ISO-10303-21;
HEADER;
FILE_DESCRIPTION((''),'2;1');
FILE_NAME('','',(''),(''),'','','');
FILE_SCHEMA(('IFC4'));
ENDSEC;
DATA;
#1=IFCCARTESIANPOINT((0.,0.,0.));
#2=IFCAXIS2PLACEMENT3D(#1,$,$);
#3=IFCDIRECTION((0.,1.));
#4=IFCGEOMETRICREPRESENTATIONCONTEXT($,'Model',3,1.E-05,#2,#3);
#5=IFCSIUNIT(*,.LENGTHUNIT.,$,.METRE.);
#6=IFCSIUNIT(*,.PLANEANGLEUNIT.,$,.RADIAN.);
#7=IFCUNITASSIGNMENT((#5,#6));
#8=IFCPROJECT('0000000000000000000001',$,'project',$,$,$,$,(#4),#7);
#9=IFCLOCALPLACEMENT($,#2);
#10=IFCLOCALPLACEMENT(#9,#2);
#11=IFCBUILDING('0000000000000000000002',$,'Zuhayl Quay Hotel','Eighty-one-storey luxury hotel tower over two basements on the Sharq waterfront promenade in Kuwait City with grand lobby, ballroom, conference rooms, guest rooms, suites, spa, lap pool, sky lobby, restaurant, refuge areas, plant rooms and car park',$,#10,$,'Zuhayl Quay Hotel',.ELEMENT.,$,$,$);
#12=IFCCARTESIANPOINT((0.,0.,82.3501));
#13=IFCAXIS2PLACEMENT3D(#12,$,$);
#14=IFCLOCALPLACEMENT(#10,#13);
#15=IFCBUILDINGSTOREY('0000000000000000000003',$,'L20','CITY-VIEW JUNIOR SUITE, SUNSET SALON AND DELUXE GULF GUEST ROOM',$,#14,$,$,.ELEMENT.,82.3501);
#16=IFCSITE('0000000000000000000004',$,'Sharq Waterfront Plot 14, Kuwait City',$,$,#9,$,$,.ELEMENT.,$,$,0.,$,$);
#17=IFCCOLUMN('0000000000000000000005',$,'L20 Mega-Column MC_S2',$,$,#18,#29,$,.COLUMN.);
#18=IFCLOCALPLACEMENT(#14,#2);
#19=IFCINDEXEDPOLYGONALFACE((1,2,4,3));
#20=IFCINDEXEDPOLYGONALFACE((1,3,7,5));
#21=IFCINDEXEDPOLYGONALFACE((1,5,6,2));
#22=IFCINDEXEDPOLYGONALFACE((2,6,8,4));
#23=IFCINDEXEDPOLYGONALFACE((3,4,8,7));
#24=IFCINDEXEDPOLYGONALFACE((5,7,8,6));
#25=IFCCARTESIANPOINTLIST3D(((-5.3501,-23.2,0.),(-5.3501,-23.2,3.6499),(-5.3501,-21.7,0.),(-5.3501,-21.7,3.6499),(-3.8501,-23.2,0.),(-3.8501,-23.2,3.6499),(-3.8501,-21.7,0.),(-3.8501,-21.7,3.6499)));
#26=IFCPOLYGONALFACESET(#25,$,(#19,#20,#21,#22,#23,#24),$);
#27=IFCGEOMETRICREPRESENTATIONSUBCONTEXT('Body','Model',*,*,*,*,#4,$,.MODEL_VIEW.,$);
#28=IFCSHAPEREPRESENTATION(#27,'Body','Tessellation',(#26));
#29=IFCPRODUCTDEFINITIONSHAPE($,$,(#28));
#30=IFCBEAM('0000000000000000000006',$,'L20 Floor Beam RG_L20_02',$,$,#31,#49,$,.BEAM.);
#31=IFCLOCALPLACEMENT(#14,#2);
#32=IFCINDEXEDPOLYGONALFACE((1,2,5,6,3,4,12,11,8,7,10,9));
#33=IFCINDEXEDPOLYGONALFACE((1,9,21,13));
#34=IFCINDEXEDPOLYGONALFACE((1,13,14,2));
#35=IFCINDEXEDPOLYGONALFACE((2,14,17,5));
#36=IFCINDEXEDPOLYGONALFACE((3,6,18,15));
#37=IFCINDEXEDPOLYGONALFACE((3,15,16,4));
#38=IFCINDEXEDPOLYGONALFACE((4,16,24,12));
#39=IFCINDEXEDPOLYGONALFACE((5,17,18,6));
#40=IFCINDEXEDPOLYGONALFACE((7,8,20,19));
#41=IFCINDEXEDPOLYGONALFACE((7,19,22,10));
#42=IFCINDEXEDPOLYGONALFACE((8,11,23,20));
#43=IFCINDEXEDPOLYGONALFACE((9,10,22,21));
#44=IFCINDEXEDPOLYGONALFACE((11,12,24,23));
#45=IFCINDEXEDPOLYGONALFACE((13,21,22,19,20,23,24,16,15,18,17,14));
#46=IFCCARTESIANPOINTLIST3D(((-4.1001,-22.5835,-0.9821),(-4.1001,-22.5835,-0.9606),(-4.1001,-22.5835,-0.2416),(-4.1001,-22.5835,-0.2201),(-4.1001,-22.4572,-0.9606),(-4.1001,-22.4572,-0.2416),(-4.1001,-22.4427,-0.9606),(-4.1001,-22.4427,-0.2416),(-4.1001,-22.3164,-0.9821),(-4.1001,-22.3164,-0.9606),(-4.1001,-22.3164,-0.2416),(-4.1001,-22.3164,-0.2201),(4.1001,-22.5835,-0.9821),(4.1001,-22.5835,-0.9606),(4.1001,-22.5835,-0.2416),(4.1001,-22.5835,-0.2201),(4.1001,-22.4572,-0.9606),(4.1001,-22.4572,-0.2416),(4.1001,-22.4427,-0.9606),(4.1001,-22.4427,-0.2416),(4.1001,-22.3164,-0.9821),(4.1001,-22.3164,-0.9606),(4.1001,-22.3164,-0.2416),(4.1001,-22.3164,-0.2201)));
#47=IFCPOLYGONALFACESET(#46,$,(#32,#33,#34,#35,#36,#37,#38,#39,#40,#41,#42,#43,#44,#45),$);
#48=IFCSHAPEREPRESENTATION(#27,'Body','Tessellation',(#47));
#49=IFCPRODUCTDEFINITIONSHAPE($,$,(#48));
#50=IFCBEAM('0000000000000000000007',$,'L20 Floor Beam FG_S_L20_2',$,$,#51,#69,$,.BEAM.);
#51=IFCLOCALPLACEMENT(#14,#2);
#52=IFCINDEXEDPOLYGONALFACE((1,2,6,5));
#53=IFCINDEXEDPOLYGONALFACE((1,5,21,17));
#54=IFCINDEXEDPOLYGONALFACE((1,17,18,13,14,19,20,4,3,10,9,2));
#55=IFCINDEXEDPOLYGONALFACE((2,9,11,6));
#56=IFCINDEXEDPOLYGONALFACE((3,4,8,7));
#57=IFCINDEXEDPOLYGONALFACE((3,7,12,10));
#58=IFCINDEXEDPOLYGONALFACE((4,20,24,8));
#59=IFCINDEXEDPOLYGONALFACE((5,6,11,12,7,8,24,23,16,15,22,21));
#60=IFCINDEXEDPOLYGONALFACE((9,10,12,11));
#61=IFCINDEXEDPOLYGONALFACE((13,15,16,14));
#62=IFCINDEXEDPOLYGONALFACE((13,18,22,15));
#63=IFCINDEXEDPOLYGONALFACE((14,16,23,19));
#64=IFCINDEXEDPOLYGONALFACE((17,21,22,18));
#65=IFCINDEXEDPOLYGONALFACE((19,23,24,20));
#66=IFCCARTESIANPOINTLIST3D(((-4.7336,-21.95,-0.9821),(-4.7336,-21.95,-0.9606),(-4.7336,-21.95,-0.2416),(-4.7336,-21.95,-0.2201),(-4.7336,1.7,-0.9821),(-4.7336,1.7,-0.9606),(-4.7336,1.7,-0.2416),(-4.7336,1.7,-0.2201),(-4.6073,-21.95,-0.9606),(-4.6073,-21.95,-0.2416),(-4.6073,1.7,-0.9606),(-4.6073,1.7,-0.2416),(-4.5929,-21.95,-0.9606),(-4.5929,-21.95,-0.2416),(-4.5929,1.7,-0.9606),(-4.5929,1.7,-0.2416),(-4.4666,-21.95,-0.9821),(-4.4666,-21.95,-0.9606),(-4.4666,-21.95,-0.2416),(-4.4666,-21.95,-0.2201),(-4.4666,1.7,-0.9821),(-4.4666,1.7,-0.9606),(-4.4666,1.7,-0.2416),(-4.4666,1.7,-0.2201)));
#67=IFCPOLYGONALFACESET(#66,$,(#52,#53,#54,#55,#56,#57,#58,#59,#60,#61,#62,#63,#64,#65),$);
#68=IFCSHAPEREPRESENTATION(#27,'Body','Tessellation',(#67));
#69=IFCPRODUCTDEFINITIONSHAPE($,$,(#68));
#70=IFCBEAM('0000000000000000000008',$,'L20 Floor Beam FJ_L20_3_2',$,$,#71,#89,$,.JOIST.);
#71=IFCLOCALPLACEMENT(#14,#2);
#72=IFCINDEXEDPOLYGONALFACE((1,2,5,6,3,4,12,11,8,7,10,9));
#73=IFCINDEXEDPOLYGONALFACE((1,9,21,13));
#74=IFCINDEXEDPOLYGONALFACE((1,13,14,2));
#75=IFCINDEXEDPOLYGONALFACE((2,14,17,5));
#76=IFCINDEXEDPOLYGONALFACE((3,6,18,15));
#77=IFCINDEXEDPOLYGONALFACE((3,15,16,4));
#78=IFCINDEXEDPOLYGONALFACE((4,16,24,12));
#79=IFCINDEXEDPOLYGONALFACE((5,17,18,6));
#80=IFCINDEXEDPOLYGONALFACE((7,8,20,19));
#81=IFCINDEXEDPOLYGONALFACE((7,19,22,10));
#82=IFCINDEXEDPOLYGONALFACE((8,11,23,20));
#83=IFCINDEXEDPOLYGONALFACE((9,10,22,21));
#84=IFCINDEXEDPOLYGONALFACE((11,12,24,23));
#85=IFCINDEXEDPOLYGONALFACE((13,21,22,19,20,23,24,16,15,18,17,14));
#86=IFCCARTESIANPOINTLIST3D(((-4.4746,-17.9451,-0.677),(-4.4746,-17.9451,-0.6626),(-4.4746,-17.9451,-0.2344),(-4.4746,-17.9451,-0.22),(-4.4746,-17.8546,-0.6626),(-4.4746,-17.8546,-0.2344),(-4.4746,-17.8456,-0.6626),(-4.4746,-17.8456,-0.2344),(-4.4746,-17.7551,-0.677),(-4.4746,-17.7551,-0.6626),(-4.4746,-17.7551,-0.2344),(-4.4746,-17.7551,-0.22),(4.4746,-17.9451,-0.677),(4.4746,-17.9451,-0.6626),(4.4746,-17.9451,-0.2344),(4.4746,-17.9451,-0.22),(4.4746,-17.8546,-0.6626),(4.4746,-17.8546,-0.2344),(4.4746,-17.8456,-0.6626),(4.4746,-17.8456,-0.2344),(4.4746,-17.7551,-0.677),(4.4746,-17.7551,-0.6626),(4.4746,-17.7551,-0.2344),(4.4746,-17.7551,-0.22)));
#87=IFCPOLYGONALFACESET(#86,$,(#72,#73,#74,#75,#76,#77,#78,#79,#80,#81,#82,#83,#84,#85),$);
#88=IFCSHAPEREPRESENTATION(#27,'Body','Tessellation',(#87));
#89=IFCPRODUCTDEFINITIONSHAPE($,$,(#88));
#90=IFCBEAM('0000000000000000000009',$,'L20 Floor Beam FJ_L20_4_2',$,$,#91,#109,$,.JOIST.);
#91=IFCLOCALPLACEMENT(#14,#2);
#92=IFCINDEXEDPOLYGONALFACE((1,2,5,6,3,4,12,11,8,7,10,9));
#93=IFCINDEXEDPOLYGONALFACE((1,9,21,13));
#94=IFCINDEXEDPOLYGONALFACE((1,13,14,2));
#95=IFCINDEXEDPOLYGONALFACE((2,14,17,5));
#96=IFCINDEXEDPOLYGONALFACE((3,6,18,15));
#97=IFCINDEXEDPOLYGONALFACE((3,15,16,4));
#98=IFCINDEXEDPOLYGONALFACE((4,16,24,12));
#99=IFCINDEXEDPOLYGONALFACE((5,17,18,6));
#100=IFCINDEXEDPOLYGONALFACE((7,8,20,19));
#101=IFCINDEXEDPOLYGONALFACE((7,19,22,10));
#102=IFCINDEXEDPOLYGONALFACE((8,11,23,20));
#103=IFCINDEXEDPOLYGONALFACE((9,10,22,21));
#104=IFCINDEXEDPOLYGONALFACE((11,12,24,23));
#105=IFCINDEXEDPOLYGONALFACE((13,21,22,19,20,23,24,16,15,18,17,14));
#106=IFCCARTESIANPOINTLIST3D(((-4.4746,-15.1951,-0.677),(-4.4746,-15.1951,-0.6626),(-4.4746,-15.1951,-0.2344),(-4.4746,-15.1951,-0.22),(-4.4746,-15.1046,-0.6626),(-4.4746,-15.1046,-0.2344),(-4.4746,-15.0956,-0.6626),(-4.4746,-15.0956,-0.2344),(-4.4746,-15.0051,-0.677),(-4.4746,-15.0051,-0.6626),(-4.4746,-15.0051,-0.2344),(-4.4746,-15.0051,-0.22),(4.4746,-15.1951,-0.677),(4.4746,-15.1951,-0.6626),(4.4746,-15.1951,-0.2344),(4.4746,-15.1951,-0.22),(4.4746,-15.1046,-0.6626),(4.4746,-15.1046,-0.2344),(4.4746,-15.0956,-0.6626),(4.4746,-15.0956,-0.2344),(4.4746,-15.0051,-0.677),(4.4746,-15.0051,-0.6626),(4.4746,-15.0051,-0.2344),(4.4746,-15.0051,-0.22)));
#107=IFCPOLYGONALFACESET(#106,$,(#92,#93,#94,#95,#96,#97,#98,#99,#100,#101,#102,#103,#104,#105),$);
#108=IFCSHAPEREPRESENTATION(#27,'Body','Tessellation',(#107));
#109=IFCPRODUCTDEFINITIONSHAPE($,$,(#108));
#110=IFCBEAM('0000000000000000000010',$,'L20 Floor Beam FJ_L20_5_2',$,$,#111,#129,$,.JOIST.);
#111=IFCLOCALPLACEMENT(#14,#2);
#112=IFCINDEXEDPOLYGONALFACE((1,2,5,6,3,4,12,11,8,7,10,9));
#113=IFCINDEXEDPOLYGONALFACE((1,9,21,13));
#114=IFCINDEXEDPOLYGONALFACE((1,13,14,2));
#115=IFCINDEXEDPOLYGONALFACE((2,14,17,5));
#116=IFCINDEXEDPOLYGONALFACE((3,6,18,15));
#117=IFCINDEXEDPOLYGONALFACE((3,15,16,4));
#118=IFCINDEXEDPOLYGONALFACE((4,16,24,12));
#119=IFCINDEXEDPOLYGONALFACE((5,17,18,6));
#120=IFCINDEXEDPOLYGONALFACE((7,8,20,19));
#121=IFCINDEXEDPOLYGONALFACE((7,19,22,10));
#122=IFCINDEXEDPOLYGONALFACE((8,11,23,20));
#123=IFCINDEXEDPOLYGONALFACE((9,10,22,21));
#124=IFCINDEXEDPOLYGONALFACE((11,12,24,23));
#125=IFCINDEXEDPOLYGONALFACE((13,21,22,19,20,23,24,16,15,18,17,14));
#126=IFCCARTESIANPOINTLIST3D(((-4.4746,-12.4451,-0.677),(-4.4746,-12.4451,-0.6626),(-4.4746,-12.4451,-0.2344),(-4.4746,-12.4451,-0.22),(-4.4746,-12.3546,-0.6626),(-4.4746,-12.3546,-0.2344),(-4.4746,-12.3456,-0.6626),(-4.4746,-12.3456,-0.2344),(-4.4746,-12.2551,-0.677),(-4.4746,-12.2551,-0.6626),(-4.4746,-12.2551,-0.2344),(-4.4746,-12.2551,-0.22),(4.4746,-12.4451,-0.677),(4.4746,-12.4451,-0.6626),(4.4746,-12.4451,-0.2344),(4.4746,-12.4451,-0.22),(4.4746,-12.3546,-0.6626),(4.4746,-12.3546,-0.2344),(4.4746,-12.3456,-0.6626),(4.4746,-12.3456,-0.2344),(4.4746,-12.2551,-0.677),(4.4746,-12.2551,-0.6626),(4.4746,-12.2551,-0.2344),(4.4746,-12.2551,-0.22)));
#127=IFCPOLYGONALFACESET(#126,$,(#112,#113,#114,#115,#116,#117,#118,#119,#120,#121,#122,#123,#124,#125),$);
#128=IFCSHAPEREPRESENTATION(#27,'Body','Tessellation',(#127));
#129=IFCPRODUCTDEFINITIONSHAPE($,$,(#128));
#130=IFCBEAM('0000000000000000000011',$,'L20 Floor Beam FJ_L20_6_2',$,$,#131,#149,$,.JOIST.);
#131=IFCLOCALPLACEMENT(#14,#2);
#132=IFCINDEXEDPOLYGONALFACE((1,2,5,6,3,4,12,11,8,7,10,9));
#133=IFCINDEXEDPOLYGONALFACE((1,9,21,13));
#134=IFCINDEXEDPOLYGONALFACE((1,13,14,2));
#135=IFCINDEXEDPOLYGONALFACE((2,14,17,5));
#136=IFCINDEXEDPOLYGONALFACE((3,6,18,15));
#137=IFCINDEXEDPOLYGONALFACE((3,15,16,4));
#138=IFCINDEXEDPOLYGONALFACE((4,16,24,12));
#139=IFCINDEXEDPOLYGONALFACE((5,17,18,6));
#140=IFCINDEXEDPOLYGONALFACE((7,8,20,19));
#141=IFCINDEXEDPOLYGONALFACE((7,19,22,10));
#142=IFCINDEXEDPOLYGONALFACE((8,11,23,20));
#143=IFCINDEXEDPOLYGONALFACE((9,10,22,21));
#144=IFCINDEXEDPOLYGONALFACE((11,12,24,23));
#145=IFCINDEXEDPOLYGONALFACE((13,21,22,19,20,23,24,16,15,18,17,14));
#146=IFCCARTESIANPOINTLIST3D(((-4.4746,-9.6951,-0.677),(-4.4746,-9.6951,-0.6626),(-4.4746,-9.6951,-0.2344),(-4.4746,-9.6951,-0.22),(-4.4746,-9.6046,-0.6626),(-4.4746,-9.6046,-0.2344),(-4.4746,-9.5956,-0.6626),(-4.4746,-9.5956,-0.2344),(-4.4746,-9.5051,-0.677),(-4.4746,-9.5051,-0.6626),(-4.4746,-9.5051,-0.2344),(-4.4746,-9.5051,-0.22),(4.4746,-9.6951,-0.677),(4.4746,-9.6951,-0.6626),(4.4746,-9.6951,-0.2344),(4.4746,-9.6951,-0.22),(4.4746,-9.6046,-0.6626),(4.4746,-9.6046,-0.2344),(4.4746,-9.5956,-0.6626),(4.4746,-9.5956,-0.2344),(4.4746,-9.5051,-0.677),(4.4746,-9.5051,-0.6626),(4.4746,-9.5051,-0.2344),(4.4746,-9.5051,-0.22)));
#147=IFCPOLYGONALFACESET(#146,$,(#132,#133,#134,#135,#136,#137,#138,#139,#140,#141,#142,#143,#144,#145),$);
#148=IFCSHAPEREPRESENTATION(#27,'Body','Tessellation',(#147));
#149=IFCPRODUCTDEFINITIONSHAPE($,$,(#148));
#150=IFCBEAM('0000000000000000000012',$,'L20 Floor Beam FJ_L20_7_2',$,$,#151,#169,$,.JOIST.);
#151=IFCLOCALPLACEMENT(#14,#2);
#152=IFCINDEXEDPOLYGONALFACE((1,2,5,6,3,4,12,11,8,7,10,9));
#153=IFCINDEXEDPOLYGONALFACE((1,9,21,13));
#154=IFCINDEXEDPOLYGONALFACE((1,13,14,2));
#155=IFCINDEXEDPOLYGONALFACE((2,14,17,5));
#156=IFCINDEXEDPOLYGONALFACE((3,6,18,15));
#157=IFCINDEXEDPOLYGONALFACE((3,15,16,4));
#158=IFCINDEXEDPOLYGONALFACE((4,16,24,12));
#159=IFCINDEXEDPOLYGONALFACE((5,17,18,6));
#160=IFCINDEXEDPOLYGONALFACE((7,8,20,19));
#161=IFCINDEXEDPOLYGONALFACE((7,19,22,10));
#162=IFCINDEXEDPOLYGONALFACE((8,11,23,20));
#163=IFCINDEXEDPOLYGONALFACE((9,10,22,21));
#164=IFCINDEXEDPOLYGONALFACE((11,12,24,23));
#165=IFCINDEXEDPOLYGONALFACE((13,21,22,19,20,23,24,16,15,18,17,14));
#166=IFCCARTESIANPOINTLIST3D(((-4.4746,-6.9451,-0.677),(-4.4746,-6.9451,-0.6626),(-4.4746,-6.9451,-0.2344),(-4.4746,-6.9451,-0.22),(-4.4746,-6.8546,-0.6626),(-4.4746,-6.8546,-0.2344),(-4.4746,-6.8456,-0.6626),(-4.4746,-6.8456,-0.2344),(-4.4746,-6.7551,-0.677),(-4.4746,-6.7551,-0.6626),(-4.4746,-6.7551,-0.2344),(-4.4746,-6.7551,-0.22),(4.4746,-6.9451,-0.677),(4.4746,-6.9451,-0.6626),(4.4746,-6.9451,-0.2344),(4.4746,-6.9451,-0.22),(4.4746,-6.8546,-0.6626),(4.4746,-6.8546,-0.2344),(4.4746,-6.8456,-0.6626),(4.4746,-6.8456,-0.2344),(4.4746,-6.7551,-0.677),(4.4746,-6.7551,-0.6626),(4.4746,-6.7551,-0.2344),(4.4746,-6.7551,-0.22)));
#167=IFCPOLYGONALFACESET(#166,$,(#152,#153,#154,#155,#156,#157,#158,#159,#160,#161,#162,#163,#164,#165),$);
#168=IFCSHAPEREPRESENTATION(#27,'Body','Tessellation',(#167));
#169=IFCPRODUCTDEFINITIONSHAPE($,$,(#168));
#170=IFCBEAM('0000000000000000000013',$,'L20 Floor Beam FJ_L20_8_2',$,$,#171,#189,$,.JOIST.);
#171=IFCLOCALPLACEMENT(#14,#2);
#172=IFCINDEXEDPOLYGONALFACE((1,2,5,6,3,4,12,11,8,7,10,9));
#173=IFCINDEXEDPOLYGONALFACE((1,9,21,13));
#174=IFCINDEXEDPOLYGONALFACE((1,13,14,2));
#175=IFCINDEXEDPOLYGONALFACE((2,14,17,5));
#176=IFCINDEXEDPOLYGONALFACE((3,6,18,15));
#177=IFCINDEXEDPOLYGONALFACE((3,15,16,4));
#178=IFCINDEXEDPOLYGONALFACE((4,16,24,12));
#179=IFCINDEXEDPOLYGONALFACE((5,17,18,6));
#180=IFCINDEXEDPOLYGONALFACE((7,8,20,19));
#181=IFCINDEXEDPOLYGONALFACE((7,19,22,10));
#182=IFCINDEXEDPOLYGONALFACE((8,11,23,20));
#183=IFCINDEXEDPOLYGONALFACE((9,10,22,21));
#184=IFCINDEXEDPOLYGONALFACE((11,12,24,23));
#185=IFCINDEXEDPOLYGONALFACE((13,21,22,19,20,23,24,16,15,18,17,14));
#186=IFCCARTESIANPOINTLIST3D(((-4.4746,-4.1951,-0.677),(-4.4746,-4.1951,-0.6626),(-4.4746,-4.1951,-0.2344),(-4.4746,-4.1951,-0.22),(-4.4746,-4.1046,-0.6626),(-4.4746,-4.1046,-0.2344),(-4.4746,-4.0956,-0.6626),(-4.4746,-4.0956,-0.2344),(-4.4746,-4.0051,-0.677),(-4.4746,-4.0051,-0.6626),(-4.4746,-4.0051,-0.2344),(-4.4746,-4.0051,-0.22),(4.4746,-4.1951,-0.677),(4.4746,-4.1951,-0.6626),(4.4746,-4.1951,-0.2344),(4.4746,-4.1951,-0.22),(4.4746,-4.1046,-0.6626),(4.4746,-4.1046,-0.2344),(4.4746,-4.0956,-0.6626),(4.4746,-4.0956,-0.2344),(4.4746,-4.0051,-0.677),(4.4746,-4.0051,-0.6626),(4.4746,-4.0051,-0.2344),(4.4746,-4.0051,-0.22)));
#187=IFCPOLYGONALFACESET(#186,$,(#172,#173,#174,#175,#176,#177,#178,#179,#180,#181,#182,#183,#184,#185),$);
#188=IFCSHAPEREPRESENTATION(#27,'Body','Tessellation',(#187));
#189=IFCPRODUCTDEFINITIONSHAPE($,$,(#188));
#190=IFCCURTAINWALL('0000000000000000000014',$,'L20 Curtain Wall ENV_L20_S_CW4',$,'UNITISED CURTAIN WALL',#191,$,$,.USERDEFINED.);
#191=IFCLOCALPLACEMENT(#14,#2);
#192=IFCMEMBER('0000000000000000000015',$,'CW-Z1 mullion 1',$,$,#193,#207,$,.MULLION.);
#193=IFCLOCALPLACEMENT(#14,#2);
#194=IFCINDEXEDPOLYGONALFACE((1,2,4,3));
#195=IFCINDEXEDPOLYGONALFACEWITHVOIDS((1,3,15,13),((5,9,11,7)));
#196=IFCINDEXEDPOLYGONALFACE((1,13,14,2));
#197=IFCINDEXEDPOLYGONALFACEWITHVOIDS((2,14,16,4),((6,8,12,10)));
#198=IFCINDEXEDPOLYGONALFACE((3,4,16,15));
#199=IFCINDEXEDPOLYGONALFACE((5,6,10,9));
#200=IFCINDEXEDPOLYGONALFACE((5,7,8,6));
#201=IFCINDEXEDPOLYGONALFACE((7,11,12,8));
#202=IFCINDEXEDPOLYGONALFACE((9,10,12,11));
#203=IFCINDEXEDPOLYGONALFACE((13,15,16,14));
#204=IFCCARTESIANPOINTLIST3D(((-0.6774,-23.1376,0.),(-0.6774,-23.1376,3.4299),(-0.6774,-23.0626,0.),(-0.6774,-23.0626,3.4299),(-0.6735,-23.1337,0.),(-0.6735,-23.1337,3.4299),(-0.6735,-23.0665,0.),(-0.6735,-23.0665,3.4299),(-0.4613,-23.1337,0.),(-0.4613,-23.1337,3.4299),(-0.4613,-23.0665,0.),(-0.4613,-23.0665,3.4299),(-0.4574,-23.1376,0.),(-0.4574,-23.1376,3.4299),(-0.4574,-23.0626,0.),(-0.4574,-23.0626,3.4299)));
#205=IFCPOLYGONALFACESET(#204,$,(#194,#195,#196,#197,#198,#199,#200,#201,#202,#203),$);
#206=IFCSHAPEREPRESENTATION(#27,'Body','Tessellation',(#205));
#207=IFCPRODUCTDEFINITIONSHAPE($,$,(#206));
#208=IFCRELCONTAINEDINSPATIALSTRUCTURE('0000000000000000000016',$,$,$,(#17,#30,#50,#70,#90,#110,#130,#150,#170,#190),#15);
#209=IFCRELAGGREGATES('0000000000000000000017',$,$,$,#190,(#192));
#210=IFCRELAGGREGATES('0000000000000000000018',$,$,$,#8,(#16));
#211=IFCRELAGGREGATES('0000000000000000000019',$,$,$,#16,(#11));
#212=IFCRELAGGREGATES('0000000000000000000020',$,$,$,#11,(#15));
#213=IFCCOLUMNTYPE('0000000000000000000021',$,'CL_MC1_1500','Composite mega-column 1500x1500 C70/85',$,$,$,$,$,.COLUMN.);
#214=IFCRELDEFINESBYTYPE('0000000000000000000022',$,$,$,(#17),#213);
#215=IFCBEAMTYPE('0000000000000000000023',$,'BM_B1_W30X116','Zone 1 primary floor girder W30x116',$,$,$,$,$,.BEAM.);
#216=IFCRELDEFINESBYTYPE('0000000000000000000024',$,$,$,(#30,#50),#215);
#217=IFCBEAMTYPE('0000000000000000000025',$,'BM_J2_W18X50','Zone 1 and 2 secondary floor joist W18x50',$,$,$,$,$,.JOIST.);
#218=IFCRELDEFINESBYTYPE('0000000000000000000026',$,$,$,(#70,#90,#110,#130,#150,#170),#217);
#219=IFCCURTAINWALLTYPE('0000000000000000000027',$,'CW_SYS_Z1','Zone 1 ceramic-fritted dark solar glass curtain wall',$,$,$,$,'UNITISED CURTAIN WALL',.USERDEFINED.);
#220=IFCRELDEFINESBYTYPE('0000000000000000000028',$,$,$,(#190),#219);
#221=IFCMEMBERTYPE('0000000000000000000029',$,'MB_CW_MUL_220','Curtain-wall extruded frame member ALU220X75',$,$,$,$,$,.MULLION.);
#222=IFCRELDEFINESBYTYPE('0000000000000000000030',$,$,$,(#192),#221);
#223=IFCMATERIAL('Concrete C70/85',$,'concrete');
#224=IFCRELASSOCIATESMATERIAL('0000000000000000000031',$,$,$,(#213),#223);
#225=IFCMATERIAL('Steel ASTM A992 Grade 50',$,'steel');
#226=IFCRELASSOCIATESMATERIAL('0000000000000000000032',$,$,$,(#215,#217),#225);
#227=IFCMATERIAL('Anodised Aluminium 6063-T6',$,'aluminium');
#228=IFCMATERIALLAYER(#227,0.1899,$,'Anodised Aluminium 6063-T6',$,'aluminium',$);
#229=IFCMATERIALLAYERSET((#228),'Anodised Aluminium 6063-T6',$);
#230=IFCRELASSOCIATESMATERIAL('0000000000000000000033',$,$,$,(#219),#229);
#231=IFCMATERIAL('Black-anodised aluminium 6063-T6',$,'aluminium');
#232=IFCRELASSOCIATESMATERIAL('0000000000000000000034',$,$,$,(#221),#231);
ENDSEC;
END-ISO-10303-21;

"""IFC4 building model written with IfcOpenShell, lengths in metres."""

from ifc_helpers import new_model, si_unit, direction, frame, origin, origin_2d, place, context, subcontext, project, spatial, rectangle, hollow_rectangle, i_section, extrude, material, layer, layer_set, material_profile, profile_set, type_object, element, aggregate, save


model = new_model("IFC4")

# Units and contexts
model_context = context("Model", 3, precision=1e-05, world=origin(), true_north=direction((0.0, 1.0)))
body_context = subcontext(model_context, "Body", "Model", "MODEL_VIEW")
ifc_project = project(units=[si_unit("LENGTHUNIT", "METRE"), si_unit("PLANEANGLEUNIT", "RADIAN")], contexts=[model_context])

# Site, building, storey
site_placement = place(None, origin())
site = spatial("IfcSite", under=ifc_project, at=site_placement, Name="Sharq Waterfront Plot 14, Kuwait City", CompositionType="ELEMENT", RefElevation=0.0)
building_placement = place(site_placement, origin())
building = spatial("IfcBuilding", under=site, at=building_placement, Name="Zuhayl Quay Hotel", Description="Eighty-one-storey luxury hotel tower over two basements on the Sharq waterfront promenade in Kuwait City with grand lobby, ballroom, conference rooms, guest rooms, suites, spa, lap pool, sky lobby, restaurant, refuge areas, plant rooms and car park", LongName="Zuhayl Quay Hotel", CompositionType="ELEMENT")
storey_placement = place(building_placement, frame((0.0, 0.0, 82.3501)))
storey = spatial("IfcBuildingStorey", under=building, at=storey_placement, Name="L20", Description="CITY-VIEW JUNIOR SUITE, SUNSET SALON AND DELUXE GULF GUEST ROOM", CompositionType="ELEMENT", Elevation=82.3501)

# Column
ifc_material_1 = material(Name="Concrete C70/85", Category="concrete")
ifc_material_profile_1 = material_profile(ifc_material_1, rectangle(XDim=1.5, YDim=1.5, at=origin_2d()), Name="RC1500X1500")
ifc_profile_set_1 = profile_set([ifc_material_profile_1], Name="Concrete C70/85")
column_type = type_object("IfcColumnType", Name="CL_MC1_1500", Description="Composite mega-column 1500x1500 C70/85", PredefinedType="COLUMN", material=ifc_profile_set_1)
column_placement = place(storey_placement, frame((-4.6001, -22.45, 0.0), z_axis=(0.0, 0.0, 1.0), x_axis=(1.0, 0.0, 0.0)))
element("IfcColumn", 1, at=column_placement, inside=storey, type_object=column_type, Name="L20 Mega-Column MC_S2", PredefinedType="COLUMN", context=body_context, shape_type="SweptSolid", body=[
    extrude(rectangle(XDim=1.5, YDim=1.5, at=origin_2d()), origin(), (0.0, 0.0, 1.0), 3.6499),
])

# Beams
ifc_material_2 = material(Name="Steel ASTM A992 Grade 50", Category="steel")
ifc_material_profile_2 = material_profile(ifc_material_2, i_section(OverallWidth=0.2671, OverallDepth=0.762, WebThickness=0.0144, FlangeThickness=0.0215, at=origin_2d()), Name="W30X116")
ifc_profile_set_2 = profile_set([ifc_material_profile_2], Name="Steel ASTM A992 Grade 50")
beam_type_1 = type_object("IfcBeamType", Name="BM_B1_W30X116", Description="Zone 1 primary floor girder W30x116", PredefinedType="BEAM", material=ifc_profile_set_2)
beam_1_placement = place(storey_placement, frame((-4.1001, -22.45, -0.6011), z_axis=(1.0, 0.0, 0.0), x_axis=(0.0, 1.0, 0.0)))
element("IfcBeam", 2, at=beam_1_placement, inside=storey, type_object=beam_type_1, Name="L20 Floor Beam RG_L20_02", PredefinedType="BEAM", context=body_context, shape_type="SweptSolid", body=[
    extrude(i_section(OverallWidth=0.2671, OverallDepth=0.762, WebThickness=0.0144, FlangeThickness=0.0215, at=origin_2d()), origin(), (0.0, 0.0, 1.0), 8.2002),
])
beam_2_placement = place(storey_placement, frame((-4.6001, -21.95, -0.6011), z_axis=(0.0, 1.0, 0.0), x_axis=(-1.0, 0.0, 0.0)))
element("IfcBeam", 3, at=beam_2_placement, inside=storey, type_object=beam_type_1, Name="L20 Floor Beam FG_S_L20_2", PredefinedType="BEAM", context=body_context, shape_type="SweptSolid", body=[
    extrude(i_section(OverallWidth=0.2671, OverallDepth=0.762, WebThickness=0.0144, FlangeThickness=0.0215, at=origin_2d()), origin(), (0.0, 0.0, 1.0), 23.6499),
])
ifc_material_profile_3 = material_profile(ifc_material_2, i_section(OverallWidth=0.1899, OverallDepth=0.457, WebThickness=0.009, FlangeThickness=0.0144, at=origin_2d()), Name="W18X50")
ifc_profile_set_3 = profile_set([ifc_material_profile_3], Name="Steel ASTM A992 Grade 50")
beam_type_2 = type_object("IfcBeamType", Name="BM_J2_W18X50", Description="Zone 1 and 2 secondary floor joist W18x50", PredefinedType="JOIST", material=ifc_profile_set_3)
for number, where, z_axis, x_axis, name in (
    (4, (-4.4746, -17.8501, -0.4485), (1.0, 0.0, 0.0), (0.0, 1.0, 0.0), "L20 Floor Beam FJ_L20_3_2"),
    (5, (-4.4746, -15.1001, -0.4485), (1.0, 0.0, 0.0), (0.0, 1.0, 0.0), "L20 Floor Beam FJ_L20_4_2"),
    (6, (-4.4746, -12.3501, -0.4485), (1.0, 0.0, 0.0), (0.0, 1.0, 0.0), "L20 Floor Beam FJ_L20_5_2"),
    (7, (-4.4746, -9.6001, -0.4485), (1.0, 0.0, 0.0), (0.0, 1.0, 0.0), "L20 Floor Beam FJ_L20_6_2"),
    (8, (-4.4746, -6.8501, -0.4485), (1.0, 0.0, 0.0), (0.0, 1.0, 0.0), "L20 Floor Beam FJ_L20_7_2"),
    (9, (-4.4746, -4.1001, -0.4485), (1.0, 0.0, 0.0), (0.0, 1.0, 0.0), "L20 Floor Beam FJ_L20_8_2"),
):
    element("IfcBeam", number, at=place(storey_placement, frame(where, z_axis=z_axis, x_axis=x_axis)), inside=storey, type_object=beam_type_2, Name=name, PredefinedType="JOIST", context=body_context, shape_type="SweptSolid", body=[
        extrude(i_section(OverallWidth=0.1899, OverallDepth=0.457, WebThickness=0.009, FlangeThickness=0.0144, at=origin_2d()), origin(), (0.0, 0.0, 1.0), 8.9492),
    ])

# Curtain wall, member
ifc_material_3 = material(Name="Anodised Aluminium 6063-T6", Category="aluminium")
ifc_layer_1 = layer(ifc_material_3, 0.1899, Name="Anodised Aluminium 6063-T6", Category="aluminium")
ifc_layer_set_1 = layer_set([ifc_layer_1], Name="Anodised Aluminium 6063-T6")
curtain_wall_type = type_object("IfcCurtainWallType", Name="CW_SYS_Z1", Description="Zone 1 ceramic-fritted dark solar glass curtain wall", ElementType="UNITISED CURTAIN WALL", PredefinedType="USERDEFINED", material=ifc_layer_set_1)
curtain_wall_1_placement = place(storey_placement, origin())
curtain_wall_1 = element("IfcCurtainWall", 10, at=curtain_wall_1_placement, inside=storey, type_object=curtain_wall_type, Name="L20 Curtain Wall ENV_L20_S_CW4", ObjectType="UNITISED CURTAIN WALL", PredefinedType="USERDEFINED")
ifc_material_4 = material(Name="Black-anodised aluminium 6063-T6", Category="aluminium")
ifc_material_profile_4 = material_profile(ifc_material_4, hollow_rectangle(XDim=0.075, YDim=0.22, WallThickness=0.0039, at=origin_2d()), Name="ALU220X75")
ifc_profile_set_4 = profile_set([ifc_material_profile_4], Name="Black-anodised aluminium 6063-T6")
member_type_1 = type_object("IfcMemberType", Name="MB_CW_MUL_220", Description="Curtain-wall extruded frame member ALU220X75", PredefinedType="MULLION", material=ifc_profile_set_4)
member_1_placement = place(storey_placement, frame((-0.5674, -23.1001, 0.0), z_axis=(0.0, 0.0, 1.0), x_axis=(0.0, -1.0, 0.0)))
member_1 = element("IfcMember", 11, at=member_1_placement, type_object=member_type_1, Name="CW-Z1 mullion 1", PredefinedType="MULLION", context=body_context, shape_type="SweptSolid", body=[
    extrude(hollow_rectangle(XDim=0.075, YDim=0.22, WallThickness=0.0039, at=origin_2d()), origin(), (0.0, 0.0, 1.0), 3.4299),
])

aggregate(curtain_wall_1, [member_1])

save(model, "model.ifc")
